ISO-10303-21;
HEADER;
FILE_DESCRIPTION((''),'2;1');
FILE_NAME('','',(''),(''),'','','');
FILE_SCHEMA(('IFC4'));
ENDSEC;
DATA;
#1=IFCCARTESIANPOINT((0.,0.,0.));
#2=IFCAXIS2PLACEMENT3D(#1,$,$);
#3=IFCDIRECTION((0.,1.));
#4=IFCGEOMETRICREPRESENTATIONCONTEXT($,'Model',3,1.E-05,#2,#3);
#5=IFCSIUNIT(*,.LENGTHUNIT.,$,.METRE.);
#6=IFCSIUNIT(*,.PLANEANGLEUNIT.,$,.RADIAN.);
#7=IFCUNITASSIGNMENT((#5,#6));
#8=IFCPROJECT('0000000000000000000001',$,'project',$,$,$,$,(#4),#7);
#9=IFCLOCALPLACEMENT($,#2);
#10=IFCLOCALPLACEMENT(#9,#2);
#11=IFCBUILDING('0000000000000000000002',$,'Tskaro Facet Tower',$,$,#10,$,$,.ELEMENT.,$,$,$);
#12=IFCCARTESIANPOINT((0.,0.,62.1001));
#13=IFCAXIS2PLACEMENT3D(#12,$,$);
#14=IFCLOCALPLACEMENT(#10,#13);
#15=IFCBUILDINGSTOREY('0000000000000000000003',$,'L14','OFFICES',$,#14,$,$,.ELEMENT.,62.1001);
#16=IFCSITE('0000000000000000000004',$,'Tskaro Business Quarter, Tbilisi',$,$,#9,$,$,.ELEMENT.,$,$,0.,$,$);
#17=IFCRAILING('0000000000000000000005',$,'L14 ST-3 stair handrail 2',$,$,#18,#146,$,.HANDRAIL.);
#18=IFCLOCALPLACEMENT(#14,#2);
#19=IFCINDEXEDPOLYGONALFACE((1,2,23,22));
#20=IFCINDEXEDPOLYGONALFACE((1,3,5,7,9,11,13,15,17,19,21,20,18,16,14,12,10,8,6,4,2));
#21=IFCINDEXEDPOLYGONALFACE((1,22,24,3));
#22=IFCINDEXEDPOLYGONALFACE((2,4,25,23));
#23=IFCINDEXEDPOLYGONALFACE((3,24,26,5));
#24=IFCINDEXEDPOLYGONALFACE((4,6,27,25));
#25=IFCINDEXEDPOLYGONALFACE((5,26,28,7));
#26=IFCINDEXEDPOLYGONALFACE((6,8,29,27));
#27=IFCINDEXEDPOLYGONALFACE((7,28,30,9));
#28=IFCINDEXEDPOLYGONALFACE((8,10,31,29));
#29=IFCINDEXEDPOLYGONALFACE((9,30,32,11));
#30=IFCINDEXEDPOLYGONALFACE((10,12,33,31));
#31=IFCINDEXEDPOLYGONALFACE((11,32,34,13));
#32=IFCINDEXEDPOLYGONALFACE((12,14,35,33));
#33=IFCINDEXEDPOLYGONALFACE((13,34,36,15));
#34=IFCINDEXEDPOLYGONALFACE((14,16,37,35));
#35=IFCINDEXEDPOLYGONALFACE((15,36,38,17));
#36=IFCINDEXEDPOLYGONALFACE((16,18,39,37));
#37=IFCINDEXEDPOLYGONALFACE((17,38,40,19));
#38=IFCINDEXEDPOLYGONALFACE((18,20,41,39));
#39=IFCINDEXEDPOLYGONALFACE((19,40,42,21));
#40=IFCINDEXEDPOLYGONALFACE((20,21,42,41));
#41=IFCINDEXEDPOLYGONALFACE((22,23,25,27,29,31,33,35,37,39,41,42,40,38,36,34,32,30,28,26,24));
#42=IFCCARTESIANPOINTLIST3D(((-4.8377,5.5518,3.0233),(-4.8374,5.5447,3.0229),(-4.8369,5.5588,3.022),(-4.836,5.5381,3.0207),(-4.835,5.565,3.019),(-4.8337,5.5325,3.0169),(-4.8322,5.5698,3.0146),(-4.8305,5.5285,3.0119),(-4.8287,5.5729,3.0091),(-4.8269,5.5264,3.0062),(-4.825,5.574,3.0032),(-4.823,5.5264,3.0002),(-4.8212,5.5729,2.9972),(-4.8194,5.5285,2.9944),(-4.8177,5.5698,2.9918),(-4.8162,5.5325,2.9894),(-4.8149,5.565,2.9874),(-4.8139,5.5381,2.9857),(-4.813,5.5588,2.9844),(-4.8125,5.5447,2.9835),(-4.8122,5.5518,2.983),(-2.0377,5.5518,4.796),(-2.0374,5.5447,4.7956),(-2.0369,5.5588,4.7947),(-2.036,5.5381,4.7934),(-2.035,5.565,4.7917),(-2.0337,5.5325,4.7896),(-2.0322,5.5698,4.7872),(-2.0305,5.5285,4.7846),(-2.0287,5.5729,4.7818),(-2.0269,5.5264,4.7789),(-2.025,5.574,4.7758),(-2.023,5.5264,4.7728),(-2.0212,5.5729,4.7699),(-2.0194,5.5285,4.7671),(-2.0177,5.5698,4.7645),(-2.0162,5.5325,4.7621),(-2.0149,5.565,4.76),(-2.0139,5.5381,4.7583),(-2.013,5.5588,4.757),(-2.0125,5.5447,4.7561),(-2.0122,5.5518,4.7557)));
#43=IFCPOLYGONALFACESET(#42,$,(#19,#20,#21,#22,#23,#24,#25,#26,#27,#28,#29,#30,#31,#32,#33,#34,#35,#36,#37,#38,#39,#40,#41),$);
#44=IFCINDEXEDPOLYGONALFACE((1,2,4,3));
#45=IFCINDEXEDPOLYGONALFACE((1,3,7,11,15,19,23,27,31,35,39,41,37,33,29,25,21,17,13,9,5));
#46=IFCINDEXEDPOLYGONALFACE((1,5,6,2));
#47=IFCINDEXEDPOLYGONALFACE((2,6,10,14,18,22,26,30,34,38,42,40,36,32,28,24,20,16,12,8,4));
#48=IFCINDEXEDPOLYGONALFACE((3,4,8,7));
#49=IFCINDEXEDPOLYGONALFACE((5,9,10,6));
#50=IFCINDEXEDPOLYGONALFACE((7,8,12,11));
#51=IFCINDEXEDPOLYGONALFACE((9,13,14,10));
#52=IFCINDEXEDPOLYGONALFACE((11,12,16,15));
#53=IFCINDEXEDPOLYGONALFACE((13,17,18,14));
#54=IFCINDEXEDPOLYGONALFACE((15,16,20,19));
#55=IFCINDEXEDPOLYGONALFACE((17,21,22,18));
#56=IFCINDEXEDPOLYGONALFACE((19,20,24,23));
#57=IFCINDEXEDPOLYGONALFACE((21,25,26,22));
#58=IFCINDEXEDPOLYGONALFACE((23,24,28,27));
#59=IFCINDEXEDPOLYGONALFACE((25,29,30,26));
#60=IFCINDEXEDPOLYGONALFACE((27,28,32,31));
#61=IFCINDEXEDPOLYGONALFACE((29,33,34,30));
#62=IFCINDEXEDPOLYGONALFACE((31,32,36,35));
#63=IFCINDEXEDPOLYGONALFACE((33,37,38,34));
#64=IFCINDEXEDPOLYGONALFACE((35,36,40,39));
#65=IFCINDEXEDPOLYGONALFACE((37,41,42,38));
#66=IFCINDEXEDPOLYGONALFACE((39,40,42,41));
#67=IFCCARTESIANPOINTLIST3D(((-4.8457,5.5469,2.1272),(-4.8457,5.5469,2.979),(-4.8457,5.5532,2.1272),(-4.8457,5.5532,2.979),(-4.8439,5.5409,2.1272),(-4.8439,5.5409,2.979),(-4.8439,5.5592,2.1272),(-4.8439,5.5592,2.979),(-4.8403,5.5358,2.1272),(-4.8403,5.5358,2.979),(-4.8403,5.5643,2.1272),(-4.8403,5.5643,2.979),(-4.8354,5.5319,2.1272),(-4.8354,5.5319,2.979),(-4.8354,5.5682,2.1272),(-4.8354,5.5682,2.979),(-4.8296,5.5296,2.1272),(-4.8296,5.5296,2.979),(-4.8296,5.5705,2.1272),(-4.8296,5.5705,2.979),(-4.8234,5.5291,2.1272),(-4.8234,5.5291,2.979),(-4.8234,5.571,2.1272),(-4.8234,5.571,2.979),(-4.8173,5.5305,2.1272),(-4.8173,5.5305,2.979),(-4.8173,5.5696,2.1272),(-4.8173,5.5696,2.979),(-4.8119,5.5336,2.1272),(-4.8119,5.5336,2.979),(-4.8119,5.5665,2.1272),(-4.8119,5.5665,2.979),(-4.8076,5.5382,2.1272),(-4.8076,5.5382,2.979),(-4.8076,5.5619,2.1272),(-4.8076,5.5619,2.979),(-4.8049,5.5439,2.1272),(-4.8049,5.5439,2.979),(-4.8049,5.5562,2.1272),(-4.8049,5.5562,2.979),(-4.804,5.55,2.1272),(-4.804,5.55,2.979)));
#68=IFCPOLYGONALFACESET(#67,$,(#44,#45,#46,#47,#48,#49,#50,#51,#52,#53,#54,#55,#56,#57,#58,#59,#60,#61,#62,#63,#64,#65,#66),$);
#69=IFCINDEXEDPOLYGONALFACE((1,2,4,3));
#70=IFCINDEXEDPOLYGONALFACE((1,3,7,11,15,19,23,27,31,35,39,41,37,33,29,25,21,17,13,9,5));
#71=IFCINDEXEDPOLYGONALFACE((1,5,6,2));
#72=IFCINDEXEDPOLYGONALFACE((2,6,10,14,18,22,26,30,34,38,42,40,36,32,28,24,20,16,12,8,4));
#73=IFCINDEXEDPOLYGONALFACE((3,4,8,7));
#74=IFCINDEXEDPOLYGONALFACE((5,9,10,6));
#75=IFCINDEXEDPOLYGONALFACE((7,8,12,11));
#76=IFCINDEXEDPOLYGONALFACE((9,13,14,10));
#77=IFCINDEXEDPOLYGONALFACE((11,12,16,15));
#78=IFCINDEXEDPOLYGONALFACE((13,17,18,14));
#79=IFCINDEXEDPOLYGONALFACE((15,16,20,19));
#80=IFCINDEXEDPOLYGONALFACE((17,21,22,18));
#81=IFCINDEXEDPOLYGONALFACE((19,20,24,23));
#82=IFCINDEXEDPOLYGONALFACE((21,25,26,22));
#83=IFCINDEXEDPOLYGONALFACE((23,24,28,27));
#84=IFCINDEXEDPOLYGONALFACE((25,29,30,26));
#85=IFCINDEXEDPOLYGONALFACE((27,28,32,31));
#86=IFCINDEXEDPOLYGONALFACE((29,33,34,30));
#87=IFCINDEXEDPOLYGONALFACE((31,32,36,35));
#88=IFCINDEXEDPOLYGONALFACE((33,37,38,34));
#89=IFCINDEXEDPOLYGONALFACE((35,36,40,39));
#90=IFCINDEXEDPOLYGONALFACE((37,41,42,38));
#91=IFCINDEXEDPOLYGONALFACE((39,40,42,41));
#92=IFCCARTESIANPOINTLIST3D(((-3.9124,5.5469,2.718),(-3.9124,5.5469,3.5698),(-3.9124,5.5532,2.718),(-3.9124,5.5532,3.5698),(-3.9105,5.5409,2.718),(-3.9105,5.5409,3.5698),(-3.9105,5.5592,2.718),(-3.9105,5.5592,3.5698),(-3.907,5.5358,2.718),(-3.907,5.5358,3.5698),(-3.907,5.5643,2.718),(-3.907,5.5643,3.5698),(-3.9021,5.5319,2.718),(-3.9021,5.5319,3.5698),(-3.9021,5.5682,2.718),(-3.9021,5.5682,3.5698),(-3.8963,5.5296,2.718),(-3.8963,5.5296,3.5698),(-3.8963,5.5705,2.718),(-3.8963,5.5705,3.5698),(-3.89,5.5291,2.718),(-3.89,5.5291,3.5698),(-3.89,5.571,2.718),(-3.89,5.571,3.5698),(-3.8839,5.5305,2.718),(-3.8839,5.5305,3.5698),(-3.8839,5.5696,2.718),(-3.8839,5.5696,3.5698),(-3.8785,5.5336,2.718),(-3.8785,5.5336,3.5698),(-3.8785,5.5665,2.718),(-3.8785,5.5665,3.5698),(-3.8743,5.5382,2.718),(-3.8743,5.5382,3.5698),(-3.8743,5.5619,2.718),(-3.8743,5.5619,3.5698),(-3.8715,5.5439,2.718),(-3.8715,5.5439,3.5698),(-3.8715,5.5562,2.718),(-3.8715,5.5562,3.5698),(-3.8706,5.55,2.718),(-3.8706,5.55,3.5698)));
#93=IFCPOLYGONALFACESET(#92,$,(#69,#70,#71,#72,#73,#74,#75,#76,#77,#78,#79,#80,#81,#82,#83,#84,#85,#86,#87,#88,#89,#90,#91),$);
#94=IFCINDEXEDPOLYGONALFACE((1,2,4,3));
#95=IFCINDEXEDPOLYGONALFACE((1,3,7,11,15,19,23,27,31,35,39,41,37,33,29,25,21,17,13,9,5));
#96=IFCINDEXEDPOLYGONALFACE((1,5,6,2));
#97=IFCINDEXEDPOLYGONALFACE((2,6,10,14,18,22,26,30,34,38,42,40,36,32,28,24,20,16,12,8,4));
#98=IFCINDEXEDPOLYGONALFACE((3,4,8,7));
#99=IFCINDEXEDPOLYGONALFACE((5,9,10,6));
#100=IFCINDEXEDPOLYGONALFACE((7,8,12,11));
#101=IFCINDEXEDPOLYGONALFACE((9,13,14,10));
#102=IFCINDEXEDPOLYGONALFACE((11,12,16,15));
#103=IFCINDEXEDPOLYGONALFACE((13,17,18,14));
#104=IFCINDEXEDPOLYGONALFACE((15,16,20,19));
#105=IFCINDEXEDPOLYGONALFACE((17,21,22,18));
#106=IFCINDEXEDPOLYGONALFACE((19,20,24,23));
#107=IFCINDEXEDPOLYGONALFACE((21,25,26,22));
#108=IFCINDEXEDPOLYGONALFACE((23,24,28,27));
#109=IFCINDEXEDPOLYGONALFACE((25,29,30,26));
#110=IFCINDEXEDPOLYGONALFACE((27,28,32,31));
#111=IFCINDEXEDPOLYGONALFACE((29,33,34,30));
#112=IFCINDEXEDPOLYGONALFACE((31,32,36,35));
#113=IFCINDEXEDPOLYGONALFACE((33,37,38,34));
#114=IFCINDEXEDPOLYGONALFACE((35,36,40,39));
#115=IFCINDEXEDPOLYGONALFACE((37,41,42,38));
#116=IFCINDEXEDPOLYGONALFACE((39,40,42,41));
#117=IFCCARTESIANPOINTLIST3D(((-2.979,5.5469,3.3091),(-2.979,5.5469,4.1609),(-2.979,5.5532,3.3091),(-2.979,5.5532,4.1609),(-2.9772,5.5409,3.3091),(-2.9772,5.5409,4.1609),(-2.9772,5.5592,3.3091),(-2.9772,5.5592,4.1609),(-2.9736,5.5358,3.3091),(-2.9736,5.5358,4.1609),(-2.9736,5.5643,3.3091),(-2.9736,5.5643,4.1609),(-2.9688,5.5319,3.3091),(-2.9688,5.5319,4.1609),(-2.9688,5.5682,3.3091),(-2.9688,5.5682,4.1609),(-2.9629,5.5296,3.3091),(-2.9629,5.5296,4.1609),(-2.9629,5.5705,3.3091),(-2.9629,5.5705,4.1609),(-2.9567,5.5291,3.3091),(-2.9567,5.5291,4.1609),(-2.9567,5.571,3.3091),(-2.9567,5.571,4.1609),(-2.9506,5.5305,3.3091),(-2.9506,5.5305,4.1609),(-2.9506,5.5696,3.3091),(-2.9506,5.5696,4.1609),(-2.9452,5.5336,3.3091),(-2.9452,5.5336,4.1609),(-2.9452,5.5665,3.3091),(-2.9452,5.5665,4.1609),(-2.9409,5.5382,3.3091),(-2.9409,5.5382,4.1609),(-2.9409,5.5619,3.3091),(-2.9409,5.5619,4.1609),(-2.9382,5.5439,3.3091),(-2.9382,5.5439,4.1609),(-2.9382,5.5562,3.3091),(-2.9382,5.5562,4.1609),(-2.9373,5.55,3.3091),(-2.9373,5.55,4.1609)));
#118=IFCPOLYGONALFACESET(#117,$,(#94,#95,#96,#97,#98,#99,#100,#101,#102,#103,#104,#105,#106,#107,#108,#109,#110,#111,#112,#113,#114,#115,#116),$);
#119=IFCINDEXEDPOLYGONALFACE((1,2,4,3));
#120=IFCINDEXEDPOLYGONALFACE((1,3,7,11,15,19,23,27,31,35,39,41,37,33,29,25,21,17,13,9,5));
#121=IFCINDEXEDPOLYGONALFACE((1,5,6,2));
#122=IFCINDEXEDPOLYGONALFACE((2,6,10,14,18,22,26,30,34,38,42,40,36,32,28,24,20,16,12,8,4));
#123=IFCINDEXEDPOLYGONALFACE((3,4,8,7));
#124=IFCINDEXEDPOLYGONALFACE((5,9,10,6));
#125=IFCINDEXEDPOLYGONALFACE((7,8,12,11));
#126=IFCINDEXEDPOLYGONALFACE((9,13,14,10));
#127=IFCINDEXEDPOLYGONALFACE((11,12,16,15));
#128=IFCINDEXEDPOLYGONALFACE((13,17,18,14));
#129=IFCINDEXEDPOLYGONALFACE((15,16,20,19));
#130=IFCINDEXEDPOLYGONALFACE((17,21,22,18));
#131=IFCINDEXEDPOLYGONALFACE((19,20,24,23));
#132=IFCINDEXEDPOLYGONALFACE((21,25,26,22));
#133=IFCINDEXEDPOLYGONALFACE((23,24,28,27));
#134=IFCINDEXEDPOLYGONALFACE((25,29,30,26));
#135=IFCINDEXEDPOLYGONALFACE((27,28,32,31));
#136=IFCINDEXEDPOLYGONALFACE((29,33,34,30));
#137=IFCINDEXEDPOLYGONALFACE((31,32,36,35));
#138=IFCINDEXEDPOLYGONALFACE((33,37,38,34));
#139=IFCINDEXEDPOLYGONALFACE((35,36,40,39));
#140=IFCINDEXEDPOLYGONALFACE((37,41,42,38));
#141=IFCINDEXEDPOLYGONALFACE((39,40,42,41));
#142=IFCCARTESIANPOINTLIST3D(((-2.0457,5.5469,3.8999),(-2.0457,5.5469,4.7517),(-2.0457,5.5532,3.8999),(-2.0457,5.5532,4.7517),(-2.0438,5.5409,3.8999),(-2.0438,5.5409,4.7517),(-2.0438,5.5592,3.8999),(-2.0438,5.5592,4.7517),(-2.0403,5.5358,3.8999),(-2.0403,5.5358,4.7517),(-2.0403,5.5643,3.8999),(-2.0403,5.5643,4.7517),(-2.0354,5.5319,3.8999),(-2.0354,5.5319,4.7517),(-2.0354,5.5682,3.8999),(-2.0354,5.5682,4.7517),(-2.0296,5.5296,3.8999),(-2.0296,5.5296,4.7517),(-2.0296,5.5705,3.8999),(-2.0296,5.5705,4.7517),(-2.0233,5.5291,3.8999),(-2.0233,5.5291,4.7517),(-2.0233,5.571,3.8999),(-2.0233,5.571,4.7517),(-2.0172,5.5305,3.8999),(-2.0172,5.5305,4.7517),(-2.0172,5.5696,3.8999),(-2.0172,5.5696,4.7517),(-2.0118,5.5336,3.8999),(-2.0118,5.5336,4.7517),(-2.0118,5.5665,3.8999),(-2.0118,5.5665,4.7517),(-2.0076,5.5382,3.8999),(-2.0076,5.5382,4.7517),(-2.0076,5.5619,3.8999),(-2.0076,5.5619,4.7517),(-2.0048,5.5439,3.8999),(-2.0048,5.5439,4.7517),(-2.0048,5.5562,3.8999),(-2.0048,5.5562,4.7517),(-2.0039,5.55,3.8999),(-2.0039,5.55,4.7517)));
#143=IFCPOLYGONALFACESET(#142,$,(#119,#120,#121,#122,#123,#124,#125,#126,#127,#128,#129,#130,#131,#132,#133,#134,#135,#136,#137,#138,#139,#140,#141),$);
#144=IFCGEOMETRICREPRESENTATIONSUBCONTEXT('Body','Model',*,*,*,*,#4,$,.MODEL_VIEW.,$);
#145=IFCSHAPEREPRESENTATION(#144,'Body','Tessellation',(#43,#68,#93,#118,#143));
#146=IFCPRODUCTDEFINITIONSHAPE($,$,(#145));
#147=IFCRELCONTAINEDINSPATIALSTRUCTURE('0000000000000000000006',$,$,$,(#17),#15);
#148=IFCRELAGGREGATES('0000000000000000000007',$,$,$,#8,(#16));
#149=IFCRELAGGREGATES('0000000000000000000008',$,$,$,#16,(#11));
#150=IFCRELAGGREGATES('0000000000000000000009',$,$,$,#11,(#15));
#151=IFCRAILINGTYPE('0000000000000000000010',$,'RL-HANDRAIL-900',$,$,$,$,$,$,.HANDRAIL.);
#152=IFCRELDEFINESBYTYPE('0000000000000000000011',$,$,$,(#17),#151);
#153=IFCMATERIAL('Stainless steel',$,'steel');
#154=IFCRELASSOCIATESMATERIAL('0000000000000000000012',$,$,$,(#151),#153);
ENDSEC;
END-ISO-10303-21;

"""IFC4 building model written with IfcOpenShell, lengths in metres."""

from ifc_helpers import new_model, si_unit, direction, frame, origin, origin_2d, place, context, subcontext, project, spatial, circle, extrude, material, type_object, element, save


model = new_model("IFC4")

# Units and contexts
model_context = context("Model", 3, precision=1e-05, world=origin(), true_north=direction((0.0, 1.0)))
body_context = subcontext(model_context, "Body", "Model", "MODEL_VIEW")
ifc_project = project(units=[si_unit("LENGTHUNIT", "METRE"), si_unit("PLANEANGLEUNIT", "RADIAN")], contexts=[model_context])

# Site, building, storey
site_placement = place(None, origin())
site = spatial("IfcSite", under=ifc_project, at=site_placement, Name="Tskaro Business Quarter, Tbilisi", CompositionType="ELEMENT", RefElevation=0.0)
building_placement = place(site_placement, origin())
building = spatial("IfcBuilding", under=site, at=building_placement, Name="Tskaro Facet Tower", CompositionType="ELEMENT")
storey_placement = place(building_placement, frame((0.0, 0.0, 62.1001)))
storey = spatial("IfcBuildingStorey", under=building, at=storey_placement, Name="L14", Description="OFFICES", CompositionType="ELEMENT", Elevation=62.1001)

# Railing
ifc_material_1 = material(Name="Stainless steel", Category="steel")
railing_type_1 = type_object("IfcRailingType", Name="RL-HANDRAIL-900", PredefinedType="HANDRAIL", material=ifc_material_1)
railing_1_placement = place(storey_placement, frame((-4.825, 5.55, 2.1272)))
element("IfcRailing", 1, at=railing_1_placement, inside=storey, type_object=railing_type_1, Name="L14 ST-3 stair handrail 2", PredefinedType="HANDRAIL", context=body_context, shape_type="SweptSolid", body=[
    extrude(circle(Radius=0.0239, at=origin_2d()), frame((0.0, 0.0, 0.876), z_axis=(0.844909, 0.0, 0.53491), x_axis=(0.0, 1.0, 0.0)), (0.0, 0.0, 1.0), 3.314),
    extrude(circle(Radius=0.021, at=origin_2d()), origin(), (0.0, 0.0, 1.0), 0.8518),
    extrude(circle(Radius=0.021, at=origin_2d()), frame((0.9333, 0.0, 0.5908)), (0.0, 0.0, 1.0), 0.8518),
    extrude(circle(Radius=0.021, at=origin_2d()), frame((1.8667, 0.0, 1.1819)), (0.0, 0.0, 1.0), 0.8518),
    extrude(circle(Radius=0.021, at=origin_2d()), frame((2.8, 0.0, 1.7727)), (0.0, 0.0, 1.0), 0.8518),
])

save(model, "model.ifc")
